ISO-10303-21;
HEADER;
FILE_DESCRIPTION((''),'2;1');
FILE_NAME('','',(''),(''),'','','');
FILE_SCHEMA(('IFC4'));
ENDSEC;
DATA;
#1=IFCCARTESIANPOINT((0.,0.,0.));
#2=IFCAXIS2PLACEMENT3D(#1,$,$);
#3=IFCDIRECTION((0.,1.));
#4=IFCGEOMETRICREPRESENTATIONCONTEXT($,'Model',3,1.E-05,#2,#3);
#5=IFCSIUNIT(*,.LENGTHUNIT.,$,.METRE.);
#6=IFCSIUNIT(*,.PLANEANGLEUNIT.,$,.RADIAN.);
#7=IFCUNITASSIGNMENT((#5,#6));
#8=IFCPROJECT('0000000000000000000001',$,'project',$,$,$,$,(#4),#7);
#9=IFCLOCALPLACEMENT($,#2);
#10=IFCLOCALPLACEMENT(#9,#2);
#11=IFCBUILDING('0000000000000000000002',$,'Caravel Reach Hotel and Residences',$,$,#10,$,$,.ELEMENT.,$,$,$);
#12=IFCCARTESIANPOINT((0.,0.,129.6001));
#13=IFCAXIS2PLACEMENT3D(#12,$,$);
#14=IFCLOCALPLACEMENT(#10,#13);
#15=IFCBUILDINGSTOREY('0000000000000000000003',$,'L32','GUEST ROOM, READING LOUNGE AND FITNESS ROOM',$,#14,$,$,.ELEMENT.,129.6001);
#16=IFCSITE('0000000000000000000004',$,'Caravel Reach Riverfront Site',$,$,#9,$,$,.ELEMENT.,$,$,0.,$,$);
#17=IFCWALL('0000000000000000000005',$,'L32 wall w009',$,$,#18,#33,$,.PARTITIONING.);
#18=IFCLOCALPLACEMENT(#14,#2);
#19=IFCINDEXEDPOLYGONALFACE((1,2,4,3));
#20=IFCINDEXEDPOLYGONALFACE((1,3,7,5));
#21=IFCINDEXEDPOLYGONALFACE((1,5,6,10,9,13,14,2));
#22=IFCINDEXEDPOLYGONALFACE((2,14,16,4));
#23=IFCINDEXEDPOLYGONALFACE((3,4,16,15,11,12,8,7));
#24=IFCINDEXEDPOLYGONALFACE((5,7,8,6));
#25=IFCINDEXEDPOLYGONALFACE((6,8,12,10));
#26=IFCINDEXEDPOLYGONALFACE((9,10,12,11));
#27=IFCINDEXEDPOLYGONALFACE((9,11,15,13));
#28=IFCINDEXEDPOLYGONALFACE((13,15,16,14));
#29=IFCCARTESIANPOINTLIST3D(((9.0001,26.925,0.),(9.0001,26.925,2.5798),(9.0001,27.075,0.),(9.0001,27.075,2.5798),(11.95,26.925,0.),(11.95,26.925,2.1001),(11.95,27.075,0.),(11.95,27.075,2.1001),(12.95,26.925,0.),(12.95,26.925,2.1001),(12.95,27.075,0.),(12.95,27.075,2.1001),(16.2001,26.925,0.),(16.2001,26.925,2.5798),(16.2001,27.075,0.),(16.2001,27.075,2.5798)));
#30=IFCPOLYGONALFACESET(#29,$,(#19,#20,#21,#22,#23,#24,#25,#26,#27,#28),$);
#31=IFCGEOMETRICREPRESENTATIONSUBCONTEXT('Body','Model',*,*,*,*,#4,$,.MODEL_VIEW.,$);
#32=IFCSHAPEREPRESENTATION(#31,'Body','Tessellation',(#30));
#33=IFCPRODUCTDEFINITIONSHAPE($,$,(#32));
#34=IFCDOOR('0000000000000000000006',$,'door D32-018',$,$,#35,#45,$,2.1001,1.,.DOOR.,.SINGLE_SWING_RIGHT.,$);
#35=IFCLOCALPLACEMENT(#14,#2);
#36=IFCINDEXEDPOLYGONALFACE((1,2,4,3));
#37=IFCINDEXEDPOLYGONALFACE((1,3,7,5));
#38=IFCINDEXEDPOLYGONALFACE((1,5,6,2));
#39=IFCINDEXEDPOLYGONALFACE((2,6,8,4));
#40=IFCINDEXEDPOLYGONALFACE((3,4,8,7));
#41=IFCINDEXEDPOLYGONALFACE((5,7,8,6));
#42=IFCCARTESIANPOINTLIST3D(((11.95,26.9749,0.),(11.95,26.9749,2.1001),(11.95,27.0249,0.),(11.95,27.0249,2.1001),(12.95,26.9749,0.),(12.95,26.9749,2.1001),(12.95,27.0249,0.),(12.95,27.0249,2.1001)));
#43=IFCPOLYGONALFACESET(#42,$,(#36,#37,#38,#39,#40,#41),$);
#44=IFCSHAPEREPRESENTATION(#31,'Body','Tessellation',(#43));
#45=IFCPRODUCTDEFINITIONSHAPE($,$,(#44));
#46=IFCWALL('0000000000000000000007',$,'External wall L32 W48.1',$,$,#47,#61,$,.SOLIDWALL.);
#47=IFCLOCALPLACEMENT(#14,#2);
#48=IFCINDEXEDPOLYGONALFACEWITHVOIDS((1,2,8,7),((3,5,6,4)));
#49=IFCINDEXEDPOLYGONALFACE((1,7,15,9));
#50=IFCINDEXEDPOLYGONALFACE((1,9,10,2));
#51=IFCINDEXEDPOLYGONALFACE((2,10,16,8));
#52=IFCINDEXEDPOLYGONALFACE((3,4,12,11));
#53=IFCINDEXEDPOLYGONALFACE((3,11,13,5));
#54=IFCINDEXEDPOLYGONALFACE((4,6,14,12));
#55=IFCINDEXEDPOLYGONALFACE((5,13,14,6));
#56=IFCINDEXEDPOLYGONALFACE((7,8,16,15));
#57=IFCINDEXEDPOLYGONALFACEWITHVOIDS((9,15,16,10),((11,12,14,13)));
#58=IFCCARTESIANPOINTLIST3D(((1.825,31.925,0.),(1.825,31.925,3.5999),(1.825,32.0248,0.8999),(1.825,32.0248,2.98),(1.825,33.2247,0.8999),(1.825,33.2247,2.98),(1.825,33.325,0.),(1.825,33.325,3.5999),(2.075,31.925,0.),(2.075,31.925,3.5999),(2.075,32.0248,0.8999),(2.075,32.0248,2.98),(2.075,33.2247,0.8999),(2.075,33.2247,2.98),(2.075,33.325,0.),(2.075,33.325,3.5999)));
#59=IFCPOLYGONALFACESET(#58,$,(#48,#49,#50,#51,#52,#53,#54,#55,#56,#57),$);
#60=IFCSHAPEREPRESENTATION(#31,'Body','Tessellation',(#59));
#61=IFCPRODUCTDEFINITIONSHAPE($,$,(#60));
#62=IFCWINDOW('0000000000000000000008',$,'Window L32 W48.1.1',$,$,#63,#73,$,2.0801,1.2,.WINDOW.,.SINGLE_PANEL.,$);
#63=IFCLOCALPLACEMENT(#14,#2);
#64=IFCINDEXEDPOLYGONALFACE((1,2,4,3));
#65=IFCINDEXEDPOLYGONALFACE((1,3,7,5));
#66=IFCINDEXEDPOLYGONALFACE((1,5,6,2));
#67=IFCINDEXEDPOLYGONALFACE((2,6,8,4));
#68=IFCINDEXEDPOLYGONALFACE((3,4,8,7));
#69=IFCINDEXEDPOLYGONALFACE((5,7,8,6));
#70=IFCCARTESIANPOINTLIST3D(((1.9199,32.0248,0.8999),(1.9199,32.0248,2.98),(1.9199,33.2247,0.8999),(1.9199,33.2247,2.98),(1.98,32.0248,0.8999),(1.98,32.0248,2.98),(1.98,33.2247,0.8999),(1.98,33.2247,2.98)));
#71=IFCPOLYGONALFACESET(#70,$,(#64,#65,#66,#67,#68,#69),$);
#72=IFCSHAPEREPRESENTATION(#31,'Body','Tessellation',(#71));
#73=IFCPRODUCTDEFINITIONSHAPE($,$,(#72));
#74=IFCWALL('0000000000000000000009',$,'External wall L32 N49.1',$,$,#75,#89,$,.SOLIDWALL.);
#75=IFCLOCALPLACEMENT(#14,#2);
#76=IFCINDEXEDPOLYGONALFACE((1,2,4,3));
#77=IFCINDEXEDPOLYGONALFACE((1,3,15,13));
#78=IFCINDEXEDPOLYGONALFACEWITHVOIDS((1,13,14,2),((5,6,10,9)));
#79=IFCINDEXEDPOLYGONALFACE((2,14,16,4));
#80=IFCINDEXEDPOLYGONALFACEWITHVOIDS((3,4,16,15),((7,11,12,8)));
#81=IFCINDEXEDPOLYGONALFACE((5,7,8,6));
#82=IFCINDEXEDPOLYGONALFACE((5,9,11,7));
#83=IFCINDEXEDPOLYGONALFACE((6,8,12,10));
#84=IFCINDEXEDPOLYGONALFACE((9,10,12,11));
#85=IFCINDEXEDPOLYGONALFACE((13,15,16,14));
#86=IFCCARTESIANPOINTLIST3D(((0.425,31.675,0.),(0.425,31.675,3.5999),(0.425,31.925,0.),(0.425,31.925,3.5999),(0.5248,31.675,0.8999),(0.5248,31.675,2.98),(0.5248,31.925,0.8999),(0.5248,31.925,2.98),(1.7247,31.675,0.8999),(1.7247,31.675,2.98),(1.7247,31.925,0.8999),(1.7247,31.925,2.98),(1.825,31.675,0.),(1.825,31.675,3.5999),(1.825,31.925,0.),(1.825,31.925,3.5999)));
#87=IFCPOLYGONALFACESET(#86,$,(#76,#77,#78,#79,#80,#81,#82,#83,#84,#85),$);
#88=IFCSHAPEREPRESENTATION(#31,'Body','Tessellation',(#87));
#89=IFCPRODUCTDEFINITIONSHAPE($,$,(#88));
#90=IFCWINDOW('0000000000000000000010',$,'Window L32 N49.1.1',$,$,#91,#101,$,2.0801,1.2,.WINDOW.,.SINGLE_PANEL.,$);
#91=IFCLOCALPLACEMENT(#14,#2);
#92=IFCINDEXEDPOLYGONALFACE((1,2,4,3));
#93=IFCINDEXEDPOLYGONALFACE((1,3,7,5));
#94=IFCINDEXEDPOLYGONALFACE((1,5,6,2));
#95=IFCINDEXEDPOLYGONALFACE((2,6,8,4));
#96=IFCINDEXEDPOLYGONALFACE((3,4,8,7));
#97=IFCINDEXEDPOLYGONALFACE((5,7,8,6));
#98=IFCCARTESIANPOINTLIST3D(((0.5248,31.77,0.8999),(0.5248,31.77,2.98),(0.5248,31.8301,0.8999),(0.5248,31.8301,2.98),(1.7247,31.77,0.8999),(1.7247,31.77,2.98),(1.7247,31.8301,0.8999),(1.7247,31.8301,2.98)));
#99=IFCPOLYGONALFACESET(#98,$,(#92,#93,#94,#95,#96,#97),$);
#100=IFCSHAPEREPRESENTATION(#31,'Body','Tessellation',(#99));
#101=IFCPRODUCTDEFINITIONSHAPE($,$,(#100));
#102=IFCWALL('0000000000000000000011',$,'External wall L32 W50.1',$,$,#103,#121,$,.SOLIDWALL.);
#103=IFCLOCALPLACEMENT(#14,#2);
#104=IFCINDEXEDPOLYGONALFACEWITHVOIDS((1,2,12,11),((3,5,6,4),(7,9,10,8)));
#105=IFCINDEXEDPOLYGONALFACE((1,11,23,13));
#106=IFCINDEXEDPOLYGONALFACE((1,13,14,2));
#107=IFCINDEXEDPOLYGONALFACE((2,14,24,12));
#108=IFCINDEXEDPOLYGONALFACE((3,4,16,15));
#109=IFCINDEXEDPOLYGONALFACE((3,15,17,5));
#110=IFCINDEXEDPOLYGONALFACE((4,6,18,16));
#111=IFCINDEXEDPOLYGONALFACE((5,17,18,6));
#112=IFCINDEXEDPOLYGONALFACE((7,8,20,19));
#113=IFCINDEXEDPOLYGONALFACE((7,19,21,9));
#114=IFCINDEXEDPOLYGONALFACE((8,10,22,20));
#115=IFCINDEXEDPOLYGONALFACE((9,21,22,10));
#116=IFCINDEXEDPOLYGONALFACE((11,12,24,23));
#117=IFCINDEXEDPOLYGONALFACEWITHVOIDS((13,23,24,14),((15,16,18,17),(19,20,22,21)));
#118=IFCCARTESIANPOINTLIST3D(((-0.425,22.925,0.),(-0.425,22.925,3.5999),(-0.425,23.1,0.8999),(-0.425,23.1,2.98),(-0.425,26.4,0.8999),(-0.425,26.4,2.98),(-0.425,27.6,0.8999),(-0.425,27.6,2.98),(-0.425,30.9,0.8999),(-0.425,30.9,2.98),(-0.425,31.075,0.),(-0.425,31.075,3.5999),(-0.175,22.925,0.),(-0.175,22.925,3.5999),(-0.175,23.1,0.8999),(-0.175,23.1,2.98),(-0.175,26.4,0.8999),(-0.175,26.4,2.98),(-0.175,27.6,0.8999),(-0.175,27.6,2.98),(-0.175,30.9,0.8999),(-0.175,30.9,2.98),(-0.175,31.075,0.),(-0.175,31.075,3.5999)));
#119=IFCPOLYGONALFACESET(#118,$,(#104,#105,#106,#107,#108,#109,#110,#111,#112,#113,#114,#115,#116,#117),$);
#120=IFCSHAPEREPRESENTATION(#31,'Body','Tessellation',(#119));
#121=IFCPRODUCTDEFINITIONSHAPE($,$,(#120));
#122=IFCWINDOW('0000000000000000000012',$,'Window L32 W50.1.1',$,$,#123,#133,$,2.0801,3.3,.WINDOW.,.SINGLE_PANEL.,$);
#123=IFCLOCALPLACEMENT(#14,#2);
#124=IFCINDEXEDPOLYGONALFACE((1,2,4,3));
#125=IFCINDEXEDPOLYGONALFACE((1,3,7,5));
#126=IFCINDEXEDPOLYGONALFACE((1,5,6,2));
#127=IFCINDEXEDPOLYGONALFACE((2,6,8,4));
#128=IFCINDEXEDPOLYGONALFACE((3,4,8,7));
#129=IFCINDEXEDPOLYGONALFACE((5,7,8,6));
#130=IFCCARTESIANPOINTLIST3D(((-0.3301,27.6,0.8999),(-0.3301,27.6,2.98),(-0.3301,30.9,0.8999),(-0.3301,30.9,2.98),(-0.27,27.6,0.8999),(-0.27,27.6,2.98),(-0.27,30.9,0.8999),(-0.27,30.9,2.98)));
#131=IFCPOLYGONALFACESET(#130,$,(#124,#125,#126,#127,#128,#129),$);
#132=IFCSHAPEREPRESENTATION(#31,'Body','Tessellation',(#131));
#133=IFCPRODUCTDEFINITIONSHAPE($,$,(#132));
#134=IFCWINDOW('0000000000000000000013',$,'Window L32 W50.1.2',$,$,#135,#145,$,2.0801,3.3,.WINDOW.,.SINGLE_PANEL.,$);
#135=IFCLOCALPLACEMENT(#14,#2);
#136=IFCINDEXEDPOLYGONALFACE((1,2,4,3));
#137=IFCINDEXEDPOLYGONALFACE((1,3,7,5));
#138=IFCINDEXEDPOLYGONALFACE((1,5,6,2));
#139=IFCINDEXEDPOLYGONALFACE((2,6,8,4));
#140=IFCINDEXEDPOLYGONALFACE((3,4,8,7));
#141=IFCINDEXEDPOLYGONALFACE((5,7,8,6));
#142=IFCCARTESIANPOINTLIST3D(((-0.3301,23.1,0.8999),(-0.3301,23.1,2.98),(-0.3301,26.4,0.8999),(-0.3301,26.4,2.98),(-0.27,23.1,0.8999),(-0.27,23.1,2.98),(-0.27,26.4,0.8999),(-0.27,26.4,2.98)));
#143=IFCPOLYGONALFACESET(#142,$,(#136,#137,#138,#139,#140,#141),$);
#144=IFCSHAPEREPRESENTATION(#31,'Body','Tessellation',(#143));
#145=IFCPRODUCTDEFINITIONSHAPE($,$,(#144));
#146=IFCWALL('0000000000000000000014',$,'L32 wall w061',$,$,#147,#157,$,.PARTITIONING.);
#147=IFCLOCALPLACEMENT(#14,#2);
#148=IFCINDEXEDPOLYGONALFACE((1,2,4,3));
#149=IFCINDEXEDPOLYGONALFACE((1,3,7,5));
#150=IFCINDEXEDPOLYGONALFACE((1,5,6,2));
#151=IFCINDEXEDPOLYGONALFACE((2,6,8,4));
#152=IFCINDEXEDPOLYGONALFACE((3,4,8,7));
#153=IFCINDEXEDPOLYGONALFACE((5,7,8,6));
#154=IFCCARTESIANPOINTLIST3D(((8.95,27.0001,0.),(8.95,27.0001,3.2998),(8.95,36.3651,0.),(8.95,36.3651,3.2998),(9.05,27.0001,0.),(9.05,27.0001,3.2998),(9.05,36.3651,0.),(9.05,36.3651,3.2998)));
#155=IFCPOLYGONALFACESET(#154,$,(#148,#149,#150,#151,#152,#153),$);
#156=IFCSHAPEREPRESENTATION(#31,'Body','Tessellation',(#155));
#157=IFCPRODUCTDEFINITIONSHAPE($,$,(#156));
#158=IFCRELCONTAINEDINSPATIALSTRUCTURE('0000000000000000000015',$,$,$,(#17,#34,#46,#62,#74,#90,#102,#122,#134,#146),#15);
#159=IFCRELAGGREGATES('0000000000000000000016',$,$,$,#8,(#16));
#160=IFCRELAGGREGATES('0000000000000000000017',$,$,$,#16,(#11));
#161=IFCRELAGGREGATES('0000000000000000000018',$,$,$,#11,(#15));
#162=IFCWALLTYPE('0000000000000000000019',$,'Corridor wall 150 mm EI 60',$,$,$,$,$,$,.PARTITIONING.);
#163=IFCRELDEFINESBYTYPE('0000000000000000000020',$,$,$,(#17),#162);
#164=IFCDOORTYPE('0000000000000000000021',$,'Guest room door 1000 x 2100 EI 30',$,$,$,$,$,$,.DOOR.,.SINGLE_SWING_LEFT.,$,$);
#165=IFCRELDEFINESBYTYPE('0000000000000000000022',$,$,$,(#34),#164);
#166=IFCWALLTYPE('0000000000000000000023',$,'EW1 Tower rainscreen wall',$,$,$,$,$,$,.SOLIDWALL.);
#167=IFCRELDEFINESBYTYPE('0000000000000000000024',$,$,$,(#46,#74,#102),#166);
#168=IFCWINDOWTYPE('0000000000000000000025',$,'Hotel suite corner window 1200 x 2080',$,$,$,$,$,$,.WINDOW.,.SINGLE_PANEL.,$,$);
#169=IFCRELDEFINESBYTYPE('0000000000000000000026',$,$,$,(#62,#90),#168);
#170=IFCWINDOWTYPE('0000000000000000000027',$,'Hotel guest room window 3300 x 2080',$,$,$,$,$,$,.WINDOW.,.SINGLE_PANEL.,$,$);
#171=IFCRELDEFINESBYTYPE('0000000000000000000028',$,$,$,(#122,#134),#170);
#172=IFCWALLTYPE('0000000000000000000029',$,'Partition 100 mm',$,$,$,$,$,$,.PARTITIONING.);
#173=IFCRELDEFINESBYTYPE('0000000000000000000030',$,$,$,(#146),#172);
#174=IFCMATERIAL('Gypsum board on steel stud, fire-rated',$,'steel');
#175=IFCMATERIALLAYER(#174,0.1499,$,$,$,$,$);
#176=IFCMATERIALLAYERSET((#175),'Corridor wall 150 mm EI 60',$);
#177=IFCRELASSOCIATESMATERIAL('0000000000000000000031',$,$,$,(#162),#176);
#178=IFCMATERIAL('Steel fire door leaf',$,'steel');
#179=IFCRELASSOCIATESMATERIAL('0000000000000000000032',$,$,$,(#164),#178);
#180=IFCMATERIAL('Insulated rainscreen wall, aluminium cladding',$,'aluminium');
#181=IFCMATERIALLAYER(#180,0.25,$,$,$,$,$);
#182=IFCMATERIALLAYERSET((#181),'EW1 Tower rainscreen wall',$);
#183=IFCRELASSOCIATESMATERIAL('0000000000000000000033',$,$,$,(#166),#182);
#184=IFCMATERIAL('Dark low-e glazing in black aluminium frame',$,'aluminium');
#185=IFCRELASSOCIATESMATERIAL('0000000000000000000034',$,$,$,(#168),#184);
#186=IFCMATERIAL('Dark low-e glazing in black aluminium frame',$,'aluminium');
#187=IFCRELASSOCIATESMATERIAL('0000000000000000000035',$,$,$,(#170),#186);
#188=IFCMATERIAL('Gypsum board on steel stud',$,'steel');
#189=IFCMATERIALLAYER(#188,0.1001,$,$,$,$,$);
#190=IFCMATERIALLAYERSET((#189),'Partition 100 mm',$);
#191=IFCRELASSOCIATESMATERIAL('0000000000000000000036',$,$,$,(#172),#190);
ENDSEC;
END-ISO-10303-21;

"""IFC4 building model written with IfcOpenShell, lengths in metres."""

from ifc_helpers import new_model, si_unit, direction, frame, frame_2d, origin, place, context, subcontext, project, spatial, rectangle, extrude, material, layer, layer_set, type_object, element, fill, save


model = new_model("IFC4")

# Units and contexts
model_context = context("Model", 3, precision=1e-05, world=origin(), true_north=direction((0.0, 1.0)))
body_context = subcontext(model_context, "Body", "Model", "MODEL_VIEW")
ifc_project = project(units=[si_unit("LENGTHUNIT", "METRE"), si_unit("PLANEANGLEUNIT", "RADIAN")], contexts=[model_context])

# Site, building, storey
site_placement = place(None, origin())
site = spatial("IfcSite", under=ifc_project, at=site_placement, Name="Caravel Reach Riverfront Site", CompositionType="ELEMENT", RefElevation=0.0)
building_placement = place(site_placement, origin())
building = spatial("IfcBuilding", under=site, at=building_placement, Name="Caravel Reach Hotel and Residences", CompositionType="ELEMENT")
storey_placement = place(building_placement, frame((0.0, 0.0, 129.6001)))
storey = spatial("IfcBuildingStorey", under=building, at=storey_placement, Name="L32", Description="GUEST ROOM, READING LOUNGE AND FITNESS ROOM", CompositionType="ELEMENT", Elevation=129.6001)

# Wall, opening, door
ifc_material_1 = material(Name="Gypsum board on steel stud, fire-rated", Category="steel")
ifc_layer_1 = layer(ifc_material_1, 0.1499)
ifc_layer_set_1 = layer_set([ifc_layer_1], Name="Corridor wall 150 mm EI 60")
wall_type_1 = type_object("IfcWallType", Name="Corridor wall 150 mm EI 60", PredefinedType="PARTITIONING", material=ifc_layer_set_1)
wall_1_placement = place(storey_placement, frame((9.0, 27.0, 0.0), z_axis=(0.0, 0.0, 1.0), x_axis=(1.0, 0.0, 0.0)))
wall_1 = element("IfcWall", 1, at=wall_1_placement, inside=storey, type_object=wall_type_1, Name="L32 wall w009", PredefinedType="PARTITIONING", context=body_context, shape_type="SweptSolid", body=[
    extrude(rectangle(XDim=7.2, YDim=0.1499, at=frame_2d((3.6001, 0.0))), origin(), (0.0, 0.0, 1.0), 2.5798),
])
opening_1_placement = place(wall_1_placement, frame((2.95, 0.0, 0.0)))
opening_1 = element("IfcOpeningElement", 2, at=opening_1_placement, cuts=wall_1, PredefinedType="OPENING", context=body_context, shape_type="SweptSolid", body=[
    extrude(rectangle(XDim=1.0, YDim=2.1001, at=frame_2d((0.5, 1.05))), frame((0.0, 0.085, 0.0), z_axis=(0.0, -1.0, 0.0), x_axis=(1.0, 0.0, 0.0)), (0.0, 0.0, 1.0), 0.1699),
])
ifc_material_2 = material(Name="Steel fire door leaf", Category="steel")
door_type_1 = type_object("IfcDoorType", Name="Guest room door 1000 x 2100 EI 30", OperationType="SINGLE_SWING_LEFT", PredefinedType="DOOR", material=ifc_material_2)
door_1_placement = place(opening_1_placement, origin())
door_1 = element("IfcDoor", 3, at=door_1_placement, inside=storey, type_object=door_type_1, Name="door D32-018", OperationType="SINGLE_SWING_RIGHT", OverallHeight=2.1001, OverallWidth=1.0, PredefinedType="DOOR", context=body_context, shape_type="SweptSolid", body=[
    extrude(rectangle(XDim=1.0, YDim=2.1001, at=frame_2d((0.5, 1.05))), frame((0.0, 0.0249, 0.0), z_axis=(0.0, -1.0, 0.0), x_axis=(1.0, 0.0, 0.0)), (0.0, 0.0, 1.0), 0.05),
])
fill(opening_1, door_1)

# Walls, openings, windows
ifc_material_3 = material(Name="Insulated rainscreen wall, aluminium cladding", Category="aluminium")
ifc_layer_2 = layer(ifc_material_3, 0.25)
ifc_layer_set_2 = layer_set([ifc_layer_2], Name="EW1 Tower rainscreen wall")
wall_type_2 = type_object("IfcWallType", Name="EW1 Tower rainscreen wall", PredefinedType="SOLIDWALL", material=ifc_layer_set_2)
wall_2_placement = place(storey_placement, frame((1.95, 33.325, 0.0), z_axis=(0.0, 0.0, 1.0), x_axis=(0.0, -1.0, 0.0)))
wall_2 = element("IfcWall", 4, at=wall_2_placement, inside=storey, type_object=wall_type_2, Name="External wall L32 W48.1", PredefinedType="SOLIDWALL", context=body_context, shape_type="SweptSolid", body=[
    extrude(rectangle(XDim=1.3999, YDim=0.25, at=frame_2d((0.7, 0.0))), origin(), (0.0, 0.0, 1.0), 3.5999),
])
opening_2_placement = place(wall_2_placement, frame((0.1001, 0.0, 0.8999)))
opening_2 = element("IfcOpeningElement", 5, at=opening_2_placement, cuts=wall_2, PredefinedType="OPENING", context=body_context, shape_type="SweptSolid", body=[
    extrude(rectangle(XDim=1.2, YDim=2.0801, at=frame_2d((0.6001, 1.04))), frame((0.0, 0.135, 0.0), z_axis=(0.0, -1.0, 0.0), x_axis=(1.0, 0.0, 0.0)), (0.0, 0.0, 1.0), 0.27),
])
ifc_material_4 = material(Name="Dark low-e glazing in black aluminium frame", Category="aluminium")
window_type_1 = type_object("IfcWindowType", Name="Hotel suite corner window 1200 x 2080", PartitioningType="SINGLE_PANEL", PredefinedType="WINDOW", material=ifc_material_4)
window_1_placement = place(opening_2_placement, origin())
window_1 = element("IfcWindow", 6, at=window_1_placement, inside=storey, type_object=window_type_1, Name="Window L32 W48.1.1", OverallHeight=2.0801, OverallWidth=1.2, PartitioningType="SINGLE_PANEL", PredefinedType="WINDOW", context=body_context, shape_type="SweptSolid", body=[
    extrude(rectangle(XDim=1.2, YDim=2.0801, at=frame_2d((0.6001, 1.04))), frame((0.0, 0.03, 0.0), z_axis=(0.0, -1.0, 0.0), x_axis=(1.0, 0.0, 0.0)), (0.0, 0.0, 1.0), 0.0601),
])
fill(opening_2, window_1)
wall_3_placement = place(storey_placement, frame((1.825, 31.8, 0.0), z_axis=(0.0, 0.0, 1.0), x_axis=(-1.0, 0.0, 0.0)))
wall_3 = element("IfcWall", 7, at=wall_3_placement, inside=storey, type_object=wall_type_2, Name="External wall L32 N49.1", PredefinedType="SOLIDWALL", context=body_context, shape_type="SweptSolid", body=[
    extrude(rectangle(XDim=1.3999, YDim=0.25, at=frame_2d((0.7, 0.0))), origin(), (0.0, 0.0, 1.0), 3.5999),
])
opening_3_placement = place(wall_3_placement, frame((0.1001, 0.0, 0.8999)))
opening_3 = element("IfcOpeningElement", 8, at=opening_3_placement, cuts=wall_3, PredefinedType="OPENING", context=body_context, shape_type="SweptSolid", body=[
    extrude(rectangle(XDim=1.2, YDim=2.0801, at=frame_2d((0.6001, 1.04))), frame((0.0, 0.135, 0.0), z_axis=(0.0, -1.0, 0.0), x_axis=(1.0, 0.0, 0.0)), (0.0, 0.0, 1.0), 0.27),
])
window_2_placement = place(opening_3_placement, origin())
window_2 = element("IfcWindow", 9, at=window_2_placement, inside=storey, type_object=window_type_1, Name="Window L32 N49.1.1", OverallHeight=2.0801, OverallWidth=1.2, PartitioningType="SINGLE_PANEL", PredefinedType="WINDOW", context=body_context, shape_type="SweptSolid", body=[
    extrude(rectangle(XDim=1.2, YDim=2.0801, at=frame_2d((0.6001, 1.04))), frame((0.0, 0.03, 0.0), z_axis=(0.0, -1.0, 0.0), x_axis=(1.0, 0.0, 0.0)), (0.0, 0.0, 1.0), 0.0601),
])
fill(opening_3, window_2)

# Wall, openings, windows
wall_4_placement = place(storey_placement, frame((-0.3, 31.075, 0.0), z_axis=(0.0, 0.0, 1.0), x_axis=(0.0, -1.0, 0.0)))
wall_4 = element("IfcWall", 10, at=wall_4_placement, inside=storey, type_object=wall_type_2, Name="External wall L32 W50.1", PredefinedType="SOLIDWALL", context=body_context, shape_type="SweptSolid", body=[
    extrude(rectangle(XDim=8.1499, YDim=0.25, at=frame_2d((4.075, 0.0))), origin(), (0.0, 0.0, 1.0), 3.5999),
])
opening_4_placement = place(wall_4_placement, frame((0.175, 0.0, 0.8999)))
opening_4 = element("IfcOpeningElement", 11, at=opening_4_placement, cuts=wall_4, PredefinedType="OPENING", context=body_context, shape_type="SweptSolid", body=[
    extrude(rectangle(XDim=3.3, YDim=2.0801, at=frame_2d((1.6499, 1.04))), frame((0.0, 0.135, 0.0), z_axis=(0.0, -1.0, 0.0), x_axis=(1.0, 0.0, 0.0)), (0.0, 0.0, 1.0), 0.27),
])
opening_5_placement = place(wall_4_placement, frame((4.675, 0.0, 0.8999)))
opening_5 = element("IfcOpeningElement", 12, at=opening_5_placement, cuts=wall_4, PredefinedType="OPENING", context=body_context, shape_type="SweptSolid", body=[
    extrude(rectangle(XDim=3.3, YDim=2.0801, at=frame_2d((1.6499, 1.04))), frame((0.0, 0.135, 0.0), z_axis=(0.0, -1.0, 0.0), x_axis=(1.0, 0.0, 0.0)), (0.0, 0.0, 1.0), 0.27),
])
ifc_material_5 = material(Name="Dark low-e glazing in black aluminium frame", Category="aluminium")
window_type_2 = type_object("IfcWindowType", Name="Hotel guest room window 3300 x 2080", PartitioningType="SINGLE_PANEL", PredefinedType="WINDOW", material=ifc_material_5)
window_3_placement = place(opening_4_placement, origin())
window_3 = element("IfcWindow", 13, at=window_3_placement, inside=storey, type_object=window_type_2, Name="Window L32 W50.1.1", OverallHeight=2.0801, OverallWidth=3.3, PartitioningType="SINGLE_PANEL", PredefinedType="WINDOW", context=body_context, shape_type="SweptSolid", body=[
    extrude(rectangle(XDim=3.3, YDim=2.0801, at=frame_2d((1.6499, 1.04))), frame((0.0, 0.03, 0.0), z_axis=(0.0, -1.0, 0.0), x_axis=(1.0, 0.0, 0.0)), (0.0, 0.0, 1.0), 0.0601),
])
fill(opening_4, window_3)
window_4_placement = place(opening_5_placement, origin())
window_4 = element("IfcWindow", 14, at=window_4_placement, inside=storey, type_object=window_type_2, Name="Window L32 W50.1.2", OverallHeight=2.0801, OverallWidth=3.3, PartitioningType="SINGLE_PANEL", PredefinedType="WINDOW", context=body_context, shape_type="SweptSolid", body=[
    extrude(rectangle(XDim=3.3, YDim=2.0801, at=frame_2d((1.6499, 1.04))), frame((0.0, 0.03, 0.0), z_axis=(0.0, -1.0, 0.0), x_axis=(1.0, 0.0, 0.0)), (0.0, 0.0, 1.0), 0.0601),
])
fill(opening_5, window_4)

# Wall
ifc_material_6 = material(Name="Gypsum board on steel stud", Category="steel")
ifc_layer_3 = layer(ifc_material_6, 0.1001)
ifc_layer_set_3 = layer_set([ifc_layer_3], Name="Partition 100 mm")
wall_type_3 = type_object("IfcWallType", Name="Partition 100 mm", PredefinedType="PARTITIONING", material=ifc_layer_set_3)
wall_5_placement = place(storey_placement, frame((9.0, 27.0, 0.0), z_axis=(0.0, 0.0, 1.0), x_axis=(0.0, 1.0, 0.0)))
element("IfcWall", 15, at=wall_5_placement, inside=storey, type_object=wall_type_3, Name="L32 wall w061", PredefinedType="PARTITIONING", context=body_context, shape_type="SweptSolid", body=[
    extrude(rectangle(XDim=9.365, YDim=0.1001, at=frame_2d((4.6826, 0.0))), origin(), (0.0, 0.0, 1.0), 3.2998),
])

save(model, "model.ifc")
